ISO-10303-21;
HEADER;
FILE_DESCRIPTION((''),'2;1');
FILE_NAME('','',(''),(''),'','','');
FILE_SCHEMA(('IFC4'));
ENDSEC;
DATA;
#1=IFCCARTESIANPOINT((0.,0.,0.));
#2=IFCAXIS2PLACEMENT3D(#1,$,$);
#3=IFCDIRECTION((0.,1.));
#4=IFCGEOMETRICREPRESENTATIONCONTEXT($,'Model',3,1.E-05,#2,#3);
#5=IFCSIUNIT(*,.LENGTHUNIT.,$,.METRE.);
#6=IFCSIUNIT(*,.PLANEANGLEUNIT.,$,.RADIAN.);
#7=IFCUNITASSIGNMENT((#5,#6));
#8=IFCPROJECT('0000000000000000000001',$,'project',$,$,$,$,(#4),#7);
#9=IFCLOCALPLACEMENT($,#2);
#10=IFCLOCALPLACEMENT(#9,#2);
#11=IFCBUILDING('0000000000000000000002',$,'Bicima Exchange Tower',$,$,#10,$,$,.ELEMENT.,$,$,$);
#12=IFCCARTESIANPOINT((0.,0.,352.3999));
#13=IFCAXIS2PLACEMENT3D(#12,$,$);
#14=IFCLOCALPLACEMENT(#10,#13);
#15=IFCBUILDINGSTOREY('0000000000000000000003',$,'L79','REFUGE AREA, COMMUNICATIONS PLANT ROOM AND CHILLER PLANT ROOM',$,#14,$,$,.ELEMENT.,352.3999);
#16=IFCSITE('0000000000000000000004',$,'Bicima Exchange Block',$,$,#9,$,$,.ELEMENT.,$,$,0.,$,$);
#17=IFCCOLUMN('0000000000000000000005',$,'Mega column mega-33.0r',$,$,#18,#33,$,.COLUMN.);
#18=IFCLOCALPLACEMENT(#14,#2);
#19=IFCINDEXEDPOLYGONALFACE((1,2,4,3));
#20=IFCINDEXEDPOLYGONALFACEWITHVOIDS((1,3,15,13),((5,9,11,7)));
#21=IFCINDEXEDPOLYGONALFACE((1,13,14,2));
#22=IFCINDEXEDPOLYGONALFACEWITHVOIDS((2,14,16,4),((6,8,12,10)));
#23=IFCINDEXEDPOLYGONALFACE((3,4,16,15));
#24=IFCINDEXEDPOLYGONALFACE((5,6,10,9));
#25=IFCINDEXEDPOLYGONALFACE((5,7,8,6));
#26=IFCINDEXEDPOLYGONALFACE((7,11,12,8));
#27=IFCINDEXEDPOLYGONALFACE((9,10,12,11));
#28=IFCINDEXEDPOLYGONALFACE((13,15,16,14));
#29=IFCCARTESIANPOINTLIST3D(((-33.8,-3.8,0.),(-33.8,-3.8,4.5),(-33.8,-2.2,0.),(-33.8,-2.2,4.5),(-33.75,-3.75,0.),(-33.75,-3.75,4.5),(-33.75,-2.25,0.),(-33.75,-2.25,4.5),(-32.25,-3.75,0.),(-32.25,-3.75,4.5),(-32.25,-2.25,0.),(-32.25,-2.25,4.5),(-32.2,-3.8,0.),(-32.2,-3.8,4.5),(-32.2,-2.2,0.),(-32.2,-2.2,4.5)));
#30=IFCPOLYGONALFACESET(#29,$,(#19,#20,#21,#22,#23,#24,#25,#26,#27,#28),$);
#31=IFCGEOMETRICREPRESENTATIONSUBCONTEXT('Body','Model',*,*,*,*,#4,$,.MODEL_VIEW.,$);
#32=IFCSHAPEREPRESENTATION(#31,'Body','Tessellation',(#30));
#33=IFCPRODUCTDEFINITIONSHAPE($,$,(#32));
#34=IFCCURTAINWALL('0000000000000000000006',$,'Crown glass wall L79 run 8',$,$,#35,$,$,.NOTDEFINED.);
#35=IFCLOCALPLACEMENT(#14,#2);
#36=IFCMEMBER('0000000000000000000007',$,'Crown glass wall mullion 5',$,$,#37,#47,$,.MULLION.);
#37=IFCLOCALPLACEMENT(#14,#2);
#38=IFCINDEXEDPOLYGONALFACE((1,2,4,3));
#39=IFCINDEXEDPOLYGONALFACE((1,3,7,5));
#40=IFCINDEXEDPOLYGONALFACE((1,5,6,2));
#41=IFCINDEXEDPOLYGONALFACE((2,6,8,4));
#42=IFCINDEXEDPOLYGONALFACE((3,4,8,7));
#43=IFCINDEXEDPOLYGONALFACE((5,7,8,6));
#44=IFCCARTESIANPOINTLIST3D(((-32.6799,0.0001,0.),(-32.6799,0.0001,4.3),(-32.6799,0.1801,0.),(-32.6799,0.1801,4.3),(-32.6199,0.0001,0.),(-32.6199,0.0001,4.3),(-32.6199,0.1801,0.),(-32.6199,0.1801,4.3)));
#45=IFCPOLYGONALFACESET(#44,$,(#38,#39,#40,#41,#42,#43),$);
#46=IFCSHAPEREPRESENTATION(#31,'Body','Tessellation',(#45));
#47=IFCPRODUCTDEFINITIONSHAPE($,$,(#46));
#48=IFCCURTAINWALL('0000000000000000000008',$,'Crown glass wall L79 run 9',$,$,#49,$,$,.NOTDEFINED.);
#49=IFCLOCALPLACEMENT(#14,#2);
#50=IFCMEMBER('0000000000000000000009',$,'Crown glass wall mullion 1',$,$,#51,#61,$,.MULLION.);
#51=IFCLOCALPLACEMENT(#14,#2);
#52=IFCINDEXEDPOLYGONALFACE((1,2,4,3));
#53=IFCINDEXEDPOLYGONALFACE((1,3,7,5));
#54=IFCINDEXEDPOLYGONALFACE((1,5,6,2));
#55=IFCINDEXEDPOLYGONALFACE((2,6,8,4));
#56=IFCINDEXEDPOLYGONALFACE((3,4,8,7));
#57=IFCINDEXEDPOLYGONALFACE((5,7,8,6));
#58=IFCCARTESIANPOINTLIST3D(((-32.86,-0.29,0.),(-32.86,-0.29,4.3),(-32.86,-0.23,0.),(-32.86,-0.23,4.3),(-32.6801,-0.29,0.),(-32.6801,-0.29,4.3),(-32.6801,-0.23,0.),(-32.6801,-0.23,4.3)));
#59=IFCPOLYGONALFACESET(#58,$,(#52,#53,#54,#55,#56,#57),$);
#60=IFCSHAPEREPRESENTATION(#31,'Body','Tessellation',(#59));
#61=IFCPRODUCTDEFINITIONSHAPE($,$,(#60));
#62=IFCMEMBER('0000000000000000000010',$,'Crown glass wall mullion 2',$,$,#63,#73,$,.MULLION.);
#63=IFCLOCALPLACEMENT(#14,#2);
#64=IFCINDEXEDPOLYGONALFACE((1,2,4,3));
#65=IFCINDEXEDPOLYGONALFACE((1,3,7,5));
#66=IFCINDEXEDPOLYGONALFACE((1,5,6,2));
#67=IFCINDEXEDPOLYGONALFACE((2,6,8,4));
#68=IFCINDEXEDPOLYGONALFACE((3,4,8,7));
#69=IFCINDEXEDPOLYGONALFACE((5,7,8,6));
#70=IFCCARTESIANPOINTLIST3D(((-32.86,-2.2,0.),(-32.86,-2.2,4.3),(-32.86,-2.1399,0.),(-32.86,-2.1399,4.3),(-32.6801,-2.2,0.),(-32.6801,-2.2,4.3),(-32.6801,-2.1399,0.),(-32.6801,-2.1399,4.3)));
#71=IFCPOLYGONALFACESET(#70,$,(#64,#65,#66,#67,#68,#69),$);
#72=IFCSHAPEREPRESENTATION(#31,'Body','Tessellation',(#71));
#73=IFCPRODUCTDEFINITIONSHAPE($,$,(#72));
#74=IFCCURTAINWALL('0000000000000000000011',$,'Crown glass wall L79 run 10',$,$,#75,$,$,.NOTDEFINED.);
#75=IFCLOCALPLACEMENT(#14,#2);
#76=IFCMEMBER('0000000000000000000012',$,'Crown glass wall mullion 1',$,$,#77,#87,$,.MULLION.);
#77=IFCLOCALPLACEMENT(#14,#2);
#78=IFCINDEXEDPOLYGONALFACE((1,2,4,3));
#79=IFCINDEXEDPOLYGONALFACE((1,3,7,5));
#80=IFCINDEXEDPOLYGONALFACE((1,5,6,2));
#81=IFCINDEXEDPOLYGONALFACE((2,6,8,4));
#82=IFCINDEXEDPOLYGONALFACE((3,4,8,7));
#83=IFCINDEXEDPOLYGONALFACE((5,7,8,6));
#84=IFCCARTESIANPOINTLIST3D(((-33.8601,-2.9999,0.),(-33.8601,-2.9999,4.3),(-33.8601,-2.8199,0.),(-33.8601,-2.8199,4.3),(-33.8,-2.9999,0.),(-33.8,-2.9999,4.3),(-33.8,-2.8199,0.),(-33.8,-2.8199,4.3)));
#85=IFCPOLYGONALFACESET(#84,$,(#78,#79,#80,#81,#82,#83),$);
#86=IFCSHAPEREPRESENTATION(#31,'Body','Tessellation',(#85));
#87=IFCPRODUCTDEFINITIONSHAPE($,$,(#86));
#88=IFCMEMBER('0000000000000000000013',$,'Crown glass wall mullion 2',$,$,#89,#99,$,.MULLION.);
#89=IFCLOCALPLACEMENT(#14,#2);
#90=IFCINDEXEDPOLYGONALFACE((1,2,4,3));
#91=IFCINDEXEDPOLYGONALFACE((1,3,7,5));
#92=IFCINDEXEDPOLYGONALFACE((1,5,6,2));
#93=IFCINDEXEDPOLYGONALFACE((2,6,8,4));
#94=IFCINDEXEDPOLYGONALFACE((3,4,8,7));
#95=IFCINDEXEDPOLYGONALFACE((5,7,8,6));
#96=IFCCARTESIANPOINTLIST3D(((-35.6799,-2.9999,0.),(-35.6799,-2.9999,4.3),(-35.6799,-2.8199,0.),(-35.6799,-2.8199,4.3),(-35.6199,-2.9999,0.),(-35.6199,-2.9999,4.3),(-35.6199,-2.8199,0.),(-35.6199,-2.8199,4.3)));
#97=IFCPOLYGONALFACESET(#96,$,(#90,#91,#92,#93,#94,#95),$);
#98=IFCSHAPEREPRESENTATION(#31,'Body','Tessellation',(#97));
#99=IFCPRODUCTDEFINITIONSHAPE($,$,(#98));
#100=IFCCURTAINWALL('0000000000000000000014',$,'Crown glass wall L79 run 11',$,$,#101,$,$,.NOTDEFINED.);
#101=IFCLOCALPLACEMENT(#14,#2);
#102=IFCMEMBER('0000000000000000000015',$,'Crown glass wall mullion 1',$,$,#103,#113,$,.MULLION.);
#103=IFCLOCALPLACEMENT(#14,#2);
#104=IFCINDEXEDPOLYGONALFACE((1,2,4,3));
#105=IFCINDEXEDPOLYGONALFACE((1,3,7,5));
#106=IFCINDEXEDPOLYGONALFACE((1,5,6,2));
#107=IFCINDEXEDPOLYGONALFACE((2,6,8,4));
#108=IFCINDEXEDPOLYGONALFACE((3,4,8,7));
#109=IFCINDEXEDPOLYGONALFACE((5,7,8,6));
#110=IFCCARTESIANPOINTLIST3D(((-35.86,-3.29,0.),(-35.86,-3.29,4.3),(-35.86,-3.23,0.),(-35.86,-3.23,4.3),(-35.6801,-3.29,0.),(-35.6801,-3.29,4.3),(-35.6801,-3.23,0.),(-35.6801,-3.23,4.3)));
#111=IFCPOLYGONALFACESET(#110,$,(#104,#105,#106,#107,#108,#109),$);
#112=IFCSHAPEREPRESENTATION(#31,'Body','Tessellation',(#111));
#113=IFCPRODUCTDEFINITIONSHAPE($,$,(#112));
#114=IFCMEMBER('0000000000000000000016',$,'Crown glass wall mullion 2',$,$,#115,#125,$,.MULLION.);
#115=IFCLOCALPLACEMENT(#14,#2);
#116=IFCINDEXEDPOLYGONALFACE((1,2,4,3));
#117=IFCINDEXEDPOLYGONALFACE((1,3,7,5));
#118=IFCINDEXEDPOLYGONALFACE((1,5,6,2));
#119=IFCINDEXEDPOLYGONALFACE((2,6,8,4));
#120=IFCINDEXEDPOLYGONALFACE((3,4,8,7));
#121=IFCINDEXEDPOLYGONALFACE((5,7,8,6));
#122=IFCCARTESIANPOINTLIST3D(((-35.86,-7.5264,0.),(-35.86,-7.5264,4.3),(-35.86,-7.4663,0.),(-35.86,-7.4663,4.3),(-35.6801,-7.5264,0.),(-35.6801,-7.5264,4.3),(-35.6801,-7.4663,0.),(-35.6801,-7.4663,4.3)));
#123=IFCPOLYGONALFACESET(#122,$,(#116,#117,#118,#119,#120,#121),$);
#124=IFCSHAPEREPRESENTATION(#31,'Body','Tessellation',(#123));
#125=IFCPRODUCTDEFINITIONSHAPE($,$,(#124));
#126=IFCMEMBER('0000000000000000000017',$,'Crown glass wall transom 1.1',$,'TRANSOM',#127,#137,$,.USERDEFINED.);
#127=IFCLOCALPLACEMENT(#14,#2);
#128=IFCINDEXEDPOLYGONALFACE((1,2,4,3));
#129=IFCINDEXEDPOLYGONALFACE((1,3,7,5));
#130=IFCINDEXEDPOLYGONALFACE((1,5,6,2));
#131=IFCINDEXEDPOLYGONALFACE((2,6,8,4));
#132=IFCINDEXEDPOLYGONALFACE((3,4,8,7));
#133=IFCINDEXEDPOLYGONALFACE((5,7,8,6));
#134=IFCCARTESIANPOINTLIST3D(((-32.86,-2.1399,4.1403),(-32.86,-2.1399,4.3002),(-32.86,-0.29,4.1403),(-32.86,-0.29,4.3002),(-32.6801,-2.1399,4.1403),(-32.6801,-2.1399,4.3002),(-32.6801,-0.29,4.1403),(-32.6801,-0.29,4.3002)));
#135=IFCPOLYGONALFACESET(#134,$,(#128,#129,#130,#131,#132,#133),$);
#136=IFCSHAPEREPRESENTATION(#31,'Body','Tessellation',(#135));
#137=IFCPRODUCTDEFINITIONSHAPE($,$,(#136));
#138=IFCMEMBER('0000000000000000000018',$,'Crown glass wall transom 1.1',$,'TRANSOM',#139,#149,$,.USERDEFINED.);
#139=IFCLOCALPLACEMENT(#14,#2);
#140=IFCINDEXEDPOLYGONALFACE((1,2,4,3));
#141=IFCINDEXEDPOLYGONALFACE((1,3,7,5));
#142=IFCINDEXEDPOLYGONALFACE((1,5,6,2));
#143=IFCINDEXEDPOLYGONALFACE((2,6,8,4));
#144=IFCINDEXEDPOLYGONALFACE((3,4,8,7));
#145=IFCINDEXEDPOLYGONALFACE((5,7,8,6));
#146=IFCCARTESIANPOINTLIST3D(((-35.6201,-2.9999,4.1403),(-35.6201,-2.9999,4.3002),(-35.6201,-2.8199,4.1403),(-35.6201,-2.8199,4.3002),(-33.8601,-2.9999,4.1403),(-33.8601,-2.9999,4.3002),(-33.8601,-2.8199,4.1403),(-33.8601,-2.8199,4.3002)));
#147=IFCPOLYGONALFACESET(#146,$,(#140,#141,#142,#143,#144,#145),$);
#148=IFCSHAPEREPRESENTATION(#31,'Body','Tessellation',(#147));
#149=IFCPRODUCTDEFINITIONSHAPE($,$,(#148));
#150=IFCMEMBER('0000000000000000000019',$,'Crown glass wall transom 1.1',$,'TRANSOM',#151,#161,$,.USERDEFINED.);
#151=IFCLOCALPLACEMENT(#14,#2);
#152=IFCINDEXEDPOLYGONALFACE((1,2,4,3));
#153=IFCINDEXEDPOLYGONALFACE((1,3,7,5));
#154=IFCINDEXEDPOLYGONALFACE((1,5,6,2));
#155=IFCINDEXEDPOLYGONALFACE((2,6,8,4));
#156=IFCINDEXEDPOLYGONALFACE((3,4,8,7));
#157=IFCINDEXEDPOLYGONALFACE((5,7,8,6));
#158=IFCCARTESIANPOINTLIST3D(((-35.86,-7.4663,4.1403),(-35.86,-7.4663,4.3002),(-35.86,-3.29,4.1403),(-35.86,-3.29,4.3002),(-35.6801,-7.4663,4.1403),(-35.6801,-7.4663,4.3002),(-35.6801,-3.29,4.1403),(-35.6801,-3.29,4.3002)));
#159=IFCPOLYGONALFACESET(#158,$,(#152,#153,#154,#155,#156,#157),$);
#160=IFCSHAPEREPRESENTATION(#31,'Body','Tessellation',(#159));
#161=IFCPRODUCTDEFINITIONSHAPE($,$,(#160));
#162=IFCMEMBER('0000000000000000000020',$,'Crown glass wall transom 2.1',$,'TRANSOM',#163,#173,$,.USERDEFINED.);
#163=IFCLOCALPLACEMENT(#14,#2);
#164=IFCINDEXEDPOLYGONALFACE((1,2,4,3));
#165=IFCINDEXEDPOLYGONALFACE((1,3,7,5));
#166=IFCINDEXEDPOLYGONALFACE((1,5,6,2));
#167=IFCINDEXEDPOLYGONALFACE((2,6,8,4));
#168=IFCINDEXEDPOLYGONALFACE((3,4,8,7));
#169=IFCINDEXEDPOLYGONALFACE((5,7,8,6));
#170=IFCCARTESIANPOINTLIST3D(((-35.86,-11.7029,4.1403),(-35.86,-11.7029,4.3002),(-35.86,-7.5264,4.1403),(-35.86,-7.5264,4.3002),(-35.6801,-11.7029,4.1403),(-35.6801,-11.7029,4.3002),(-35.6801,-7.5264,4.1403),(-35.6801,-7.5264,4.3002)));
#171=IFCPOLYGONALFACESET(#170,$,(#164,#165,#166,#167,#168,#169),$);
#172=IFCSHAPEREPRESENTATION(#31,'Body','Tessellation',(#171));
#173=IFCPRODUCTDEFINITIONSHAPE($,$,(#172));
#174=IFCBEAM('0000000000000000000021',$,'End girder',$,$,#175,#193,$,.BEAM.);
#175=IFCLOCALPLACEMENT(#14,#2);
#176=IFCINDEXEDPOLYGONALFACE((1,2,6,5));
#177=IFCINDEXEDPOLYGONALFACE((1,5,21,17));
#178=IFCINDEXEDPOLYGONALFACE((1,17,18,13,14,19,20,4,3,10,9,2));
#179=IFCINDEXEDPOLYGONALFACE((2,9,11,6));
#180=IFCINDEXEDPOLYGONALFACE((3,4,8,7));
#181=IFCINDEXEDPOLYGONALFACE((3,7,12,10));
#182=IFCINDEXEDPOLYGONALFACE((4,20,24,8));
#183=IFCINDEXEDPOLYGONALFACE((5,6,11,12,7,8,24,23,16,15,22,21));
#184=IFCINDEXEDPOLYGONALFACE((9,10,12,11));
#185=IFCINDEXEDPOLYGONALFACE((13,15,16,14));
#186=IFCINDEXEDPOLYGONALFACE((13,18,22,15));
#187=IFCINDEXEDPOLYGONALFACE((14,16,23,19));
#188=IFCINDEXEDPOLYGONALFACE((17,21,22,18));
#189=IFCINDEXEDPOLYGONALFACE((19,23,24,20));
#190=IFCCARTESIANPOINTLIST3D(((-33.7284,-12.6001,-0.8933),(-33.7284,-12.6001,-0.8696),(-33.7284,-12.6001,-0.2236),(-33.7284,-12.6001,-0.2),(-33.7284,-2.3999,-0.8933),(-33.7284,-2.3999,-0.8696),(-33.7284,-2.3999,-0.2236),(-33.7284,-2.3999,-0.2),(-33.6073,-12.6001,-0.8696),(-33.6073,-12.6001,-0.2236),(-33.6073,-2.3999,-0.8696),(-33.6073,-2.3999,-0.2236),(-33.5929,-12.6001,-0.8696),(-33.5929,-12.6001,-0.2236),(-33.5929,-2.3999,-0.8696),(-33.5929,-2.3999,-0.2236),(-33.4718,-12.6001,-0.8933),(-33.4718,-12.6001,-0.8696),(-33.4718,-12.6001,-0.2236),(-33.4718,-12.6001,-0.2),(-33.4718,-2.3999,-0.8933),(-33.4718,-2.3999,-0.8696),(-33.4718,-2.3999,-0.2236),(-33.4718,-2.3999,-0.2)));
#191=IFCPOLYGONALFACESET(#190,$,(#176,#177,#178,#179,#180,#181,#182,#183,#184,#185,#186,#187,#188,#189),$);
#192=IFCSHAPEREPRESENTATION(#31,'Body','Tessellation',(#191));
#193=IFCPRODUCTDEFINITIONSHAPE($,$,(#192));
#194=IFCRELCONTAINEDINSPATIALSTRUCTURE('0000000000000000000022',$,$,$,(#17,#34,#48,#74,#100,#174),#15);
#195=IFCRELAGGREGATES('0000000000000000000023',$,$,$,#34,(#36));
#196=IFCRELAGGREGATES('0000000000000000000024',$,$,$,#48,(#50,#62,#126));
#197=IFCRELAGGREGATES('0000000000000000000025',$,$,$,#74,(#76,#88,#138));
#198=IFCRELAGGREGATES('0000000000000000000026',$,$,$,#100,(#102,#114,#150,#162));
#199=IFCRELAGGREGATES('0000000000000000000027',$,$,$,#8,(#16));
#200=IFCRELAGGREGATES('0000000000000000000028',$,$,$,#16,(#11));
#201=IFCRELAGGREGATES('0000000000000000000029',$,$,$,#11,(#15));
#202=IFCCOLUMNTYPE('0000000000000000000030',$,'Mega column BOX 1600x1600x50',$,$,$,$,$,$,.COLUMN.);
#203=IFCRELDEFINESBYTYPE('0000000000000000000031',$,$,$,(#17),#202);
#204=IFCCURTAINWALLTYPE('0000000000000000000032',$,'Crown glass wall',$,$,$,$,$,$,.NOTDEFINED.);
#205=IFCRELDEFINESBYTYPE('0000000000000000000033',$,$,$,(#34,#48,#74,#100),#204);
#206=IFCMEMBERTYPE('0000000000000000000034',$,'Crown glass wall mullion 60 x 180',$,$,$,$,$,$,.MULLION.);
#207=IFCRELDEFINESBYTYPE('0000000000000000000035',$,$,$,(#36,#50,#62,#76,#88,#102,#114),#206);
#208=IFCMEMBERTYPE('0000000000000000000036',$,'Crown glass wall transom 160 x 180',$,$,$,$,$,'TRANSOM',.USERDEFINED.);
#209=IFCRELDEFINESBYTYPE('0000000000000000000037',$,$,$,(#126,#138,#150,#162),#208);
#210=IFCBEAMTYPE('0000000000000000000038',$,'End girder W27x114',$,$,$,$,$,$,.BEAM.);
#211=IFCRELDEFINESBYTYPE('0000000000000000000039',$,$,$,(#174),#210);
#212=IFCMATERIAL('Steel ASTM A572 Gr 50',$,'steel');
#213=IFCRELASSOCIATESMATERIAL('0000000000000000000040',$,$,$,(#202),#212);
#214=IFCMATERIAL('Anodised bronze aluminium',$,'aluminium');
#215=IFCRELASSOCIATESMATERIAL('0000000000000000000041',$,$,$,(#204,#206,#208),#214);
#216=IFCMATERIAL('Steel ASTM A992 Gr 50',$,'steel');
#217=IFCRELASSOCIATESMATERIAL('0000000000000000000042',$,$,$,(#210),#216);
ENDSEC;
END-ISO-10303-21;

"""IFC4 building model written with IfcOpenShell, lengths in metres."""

from ifc_helpers import new_model, si_unit, direction, frame, origin, origin_2d, place, context, subcontext, project, spatial, rectangle, hollow_rectangle, i_section, extrude, material, material_profile, profile_set, type_object, element, aggregate, save


model = new_model("IFC4")

# Units and contexts
model_context = context("Model", 3, precision=1e-05, world=origin(), true_north=direction((0.0, 1.0)))
body_context = subcontext(model_context, "Body", "Model", "MODEL_VIEW")
ifc_project = project(units=[si_unit("LENGTHUNIT", "METRE"), si_unit("PLANEANGLEUNIT", "RADIAN")], contexts=[model_context])

# Site, building, storey
site_placement = place(None, origin())
site = spatial("IfcSite", under=ifc_project, at=site_placement, Name="Bicima Exchange Block", CompositionType="ELEMENT", RefElevation=0.0)
building_placement = place(site_placement, origin())
building = spatial("IfcBuilding", under=site, at=building_placement, Name="Bicima Exchange Tower", CompositionType="ELEMENT")
storey_placement = place(building_placement, frame((0.0, 0.0, 352.3999)))
storey = spatial("IfcBuildingStorey", under=building, at=storey_placement, Name="L79", Description="REFUGE AREA, COMMUNICATIONS PLANT ROOM AND CHILLER PLANT ROOM", CompositionType="ELEMENT", Elevation=352.3999)

# Column
ifc_material_1 = material(Name="Steel ASTM A572 Gr 50", Category="steel")
ifc_material_profile_1 = material_profile(ifc_material_1, hollow_rectangle(XDim=1.6001, YDim=1.6001, WallThickness=0.05, at=origin_2d()))
ifc_profile_set_1 = profile_set([ifc_material_profile_1], Name="Steel ASTM A572 Gr 50")
column_type = type_object("IfcColumnType", Name="Mega column BOX 1600x1600x50", PredefinedType="COLUMN", material=ifc_profile_set_1)
column_placement = place(storey_placement, frame((-33.0, -3.0, 0.0), z_axis=(0.0, 0.0, 1.0), x_axis=(1.0, 0.0, 0.0)))
element("IfcColumn", 1, at=column_placement, inside=storey, type_object=column_type, Name="Mega column mega-33.0r", PredefinedType="COLUMN", context=body_context, shape_type="SweptSolid", body=[
    extrude(hollow_rectangle(XDim=1.6001, YDim=1.6001, WallThickness=0.05, at=origin_2d()), origin(), (0.0, 0.0, 1.0), 4.5),
])

# Curtain wall, member
ifc_material_2 = material(Name="Anodised bronze aluminium", Category="aluminium")
curtain_wall_type = type_object("IfcCurtainWallType", Name="Crown glass wall", PredefinedType="NOTDEFINED", material=ifc_material_2)
curtain_wall_1_placement = place(storey_placement, origin())
curtain_wall_1 = element("IfcCurtainWall", 2, at=curtain_wall_1_placement, inside=storey, type_object=curtain_wall_type, Name="Crown glass wall L79 run 8", PredefinedType="NOTDEFINED")
ifc_material_profile_2 = material_profile(ifc_material_2, rectangle(XDim=0.1799, YDim=0.0601, at=origin_2d()))
ifc_profile_set_2 = profile_set([ifc_material_profile_2], Name="Anodised bronze aluminium")
member_type_1 = type_object("IfcMemberType", Name="Crown glass wall mullion 60 x 180", PredefinedType="MULLION", material=ifc_profile_set_2)
member_1_placement = place(storey_placement, frame((-32.6499, 0.0901, 0.0), z_axis=(0.0, 0.0, 1.0), x_axis=(0.0, -1.0, 0.0)))
member_1 = element("IfcMember", 3, at=member_1_placement, type_object=member_type_1, Name="Crown glass wall mullion 5", PredefinedType="MULLION", context=body_context, shape_type="SweptSolid", body=[
    extrude(rectangle(XDim=0.1799, YDim=0.0601, at=origin_2d()), origin(), (0.0, 0.0, 1.0), 4.3),
])
aggregate(curtain_wall_1, [member_1])

# Curtain walls, members
curtain_wall_2_placement = place(storey_placement, origin())
curtain_wall_2 = element("IfcCurtainWall", 4, at=curtain_wall_2_placement, inside=storey, type_object=curtain_wall_type, Name="Crown glass wall L79 run 9", PredefinedType="NOTDEFINED")
member_2_placement = place(storey_placement, frame((-32.77, -0.26, 0.0), z_axis=(0.0, 0.0, 1.0), x_axis=(1.0, 0.0, 0.0)))
member_2 = element("IfcMember", 5, at=member_2_placement, type_object=member_type_1, Name="Crown glass wall mullion 1", PredefinedType="MULLION", context=body_context, shape_type="SweptSolid", body=[
    extrude(rectangle(XDim=0.1799, YDim=0.0601, at=origin_2d()), origin(), (0.0, 0.0, 1.0), 4.3),
])
member_3_placement = place(storey_placement, frame((-32.77, -2.1699, 0.0), z_axis=(0.0, 0.0, 1.0), x_axis=(1.0, 0.0, 0.0)))
member_3 = element("IfcMember", 6, at=member_3_placement, type_object=member_type_1, Name="Crown glass wall mullion 2", PredefinedType="MULLION", context=body_context, shape_type="SweptSolid", body=[
    extrude(rectangle(XDim=0.1799, YDim=0.0601, at=origin_2d()), origin(), (0.0, 0.0, 1.0), 4.3),
])
curtain_wall_3_placement = place(storey_placement, origin())
curtain_wall_3 = element("IfcCurtainWall", 7, at=curtain_wall_3_placement, inside=storey, type_object=curtain_wall_type, Name="Crown glass wall L79 run 10", PredefinedType="NOTDEFINED")
member_4_placement = place(storey_placement, frame((-33.8301, -2.9099, 0.0), z_axis=(0.0, 0.0, 1.0), x_axis=(0.0, -1.0, 0.0)))
member_4 = element("IfcMember", 8, at=member_4_placement, type_object=member_type_1, Name="Crown glass wall mullion 1", PredefinedType="MULLION", context=body_context, shape_type="SweptSolid", body=[
    extrude(rectangle(XDim=0.1799, YDim=0.0601, at=origin_2d()), origin(), (0.0, 0.0, 1.0), 4.3),
])
member_5_placement = place(storey_placement, frame((-35.6499, -2.9099, 0.0), z_axis=(0.0, 0.0, 1.0), x_axis=(0.0, -1.0, 0.0)))
member_5 = element("IfcMember", 9, at=member_5_placement, type_object=member_type_1, Name="Crown glass wall mullion 2", PredefinedType="MULLION", context=body_context, shape_type="SweptSolid", body=[
    extrude(rectangle(XDim=0.1799, YDim=0.0601, at=origin_2d()), origin(), (0.0, 0.0, 1.0), 4.3),
])
curtain_wall_4_placement = place(storey_placement, origin())
curtain_wall_4 = element("IfcCurtainWall", 10, at=curtain_wall_4_placement, inside=storey, type_object=curtain_wall_type, Name="Crown glass wall L79 run 11", PredefinedType="NOTDEFINED")
member_6_placement = place(storey_placement, frame((-35.77, -3.26, 0.0), z_axis=(0.0, 0.0, 1.0), x_axis=(1.0, 0.0, 0.0)))
member_6 = element("IfcMember", 11, at=member_6_placement, type_object=member_type_1, Name="Crown glass wall mullion 1", PredefinedType="MULLION", context=body_context, shape_type="SweptSolid", body=[
    extrude(rectangle(XDim=0.1799, YDim=0.0601, at=origin_2d()), origin(), (0.0, 0.0, 1.0), 4.3),
])
member_7_placement = place(storey_placement, frame((-35.77, -7.4963, 0.0), z_axis=(0.0, 0.0, 1.0), x_axis=(1.0, 0.0, 0.0)))
member_7 = element("IfcMember", 12, at=member_7_placement, type_object=member_type_1, Name="Crown glass wall mullion 2", PredefinedType="MULLION", context=body_context, shape_type="SweptSolid", body=[
    extrude(rectangle(XDim=0.1799, YDim=0.0601, at=origin_2d()), origin(), (0.0, 0.0, 1.0), 4.3),
])

# Members
ifc_material_profile_3 = material_profile(ifc_material_2, rectangle(XDim=0.1799, YDim=0.1599, at=origin_2d()))
ifc_profile_set_3 = profile_set([ifc_material_profile_3], Name="Anodised bronze aluminium")
member_type_2 = type_object("IfcMemberType", Name="Crown glass wall transom 160 x 180", ElementType="TRANSOM", PredefinedType="USERDEFINED", material=ifc_profile_set_3)
member_8_placement = place(storey_placement, frame((-32.77, -0.29, 4.2202), z_axis=(0.0, -1.0, 0.0), x_axis=(1.0, 0.0, 0.0)))
member_8 = element("IfcMember", 13, at=member_8_placement, type_object=member_type_2, Name="Crown glass wall transom 1.1", ObjectType="TRANSOM", PredefinedType="USERDEFINED", context=body_context, shape_type="SweptSolid", body=[
    extrude(rectangle(XDim=0.1799, YDim=0.1599, at=origin_2d()), origin(), (0.0, 0.0, 1.0), 1.8499),
])
member_9_placement = place(storey_placement, frame((-33.8601, -2.9099, 4.2202), z_axis=(-1.0, 0.0, 0.0), x_axis=(0.0, -1.0, 0.0)))
member_9 = element("IfcMember", 14, at=member_9_placement, type_object=member_type_2, Name="Crown glass wall transom 1.1", ObjectType="TRANSOM", PredefinedType="USERDEFINED", context=body_context, shape_type="SweptSolid", body=[
    extrude(rectangle(XDim=0.1799, YDim=0.1599, at=origin_2d()), origin(), (0.0, 0.0, 1.0), 1.76),
])
member_10_placement = place(storey_placement, frame((-35.77, -3.29, 4.2202), z_axis=(0.0, -1.0, 0.0), x_axis=(1.0, 0.0, 0.0)))
member_10 = element("IfcMember", 15, at=member_10_placement, type_object=member_type_2, Name="Crown glass wall transom 1.1", ObjectType="TRANSOM", PredefinedType="USERDEFINED", context=body_context, shape_type="SweptSolid", body=[
    extrude(rectangle(XDim=0.1799, YDim=0.1599, at=origin_2d()), origin(), (0.0, 0.0, 1.0), 4.1763),
])
member_11_placement = place(storey_placement, frame((-35.77, -7.5264, 4.2202), z_axis=(0.0, -1.0, 0.0), x_axis=(1.0, 0.0, 0.0)))
member_11 = element("IfcMember", 16, at=member_11_placement, type_object=member_type_2, Name="Crown glass wall transom 2.1", ObjectType="TRANSOM", PredefinedType="USERDEFINED", context=body_context, shape_type="SweptSolid", body=[
    extrude(rectangle(XDim=0.1799, YDim=0.1599, at=origin_2d()), origin(), (0.0, 0.0, 1.0), 4.1765),
])

# Beam
ifc_material_3 = material(Name="Steel ASTM A992 Gr 50", Category="steel")
ifc_material_profile_4 = material_profile(ifc_material_3, i_section(OverallWidth=0.2566, OverallDepth=0.6934, WebThickness=0.0144, FlangeThickness=0.0237, at=origin_2d()))
ifc_profile_set_4 = profile_set([ifc_material_profile_4], Name="Steel ASTM A992 Gr 50")
beam_type = type_object("IfcBeamType", Name="End girder W27x114", PredefinedType="BEAM", material=ifc_profile_set_4)
beam_placement = place(storey_placement, frame((-33.6001, -2.3999, -0.5466), z_axis=(0.0, -1.0, 0.0), x_axis=(1.0, 0.0, 0.0)))
element("IfcBeam", 17, at=beam_placement, inside=storey, type_object=beam_type, Name="End girder", PredefinedType="BEAM", context=body_context, shape_type="SweptSolid", body=[
    extrude(i_section(OverallWidth=0.2566, OverallDepth=0.6934, WebThickness=0.0144, FlangeThickness=0.0237, at=origin_2d()), origin(), (0.0, 0.0, 1.0), 10.2002),
])

aggregate(curtain_wall_2, [member_2, member_3, member_8])
aggregate(curtain_wall_3, [member_4, member_5, member_9])
aggregate(curtain_wall_4, [member_6, member_7, member_10, member_11])

save(model, "model.ifc")
